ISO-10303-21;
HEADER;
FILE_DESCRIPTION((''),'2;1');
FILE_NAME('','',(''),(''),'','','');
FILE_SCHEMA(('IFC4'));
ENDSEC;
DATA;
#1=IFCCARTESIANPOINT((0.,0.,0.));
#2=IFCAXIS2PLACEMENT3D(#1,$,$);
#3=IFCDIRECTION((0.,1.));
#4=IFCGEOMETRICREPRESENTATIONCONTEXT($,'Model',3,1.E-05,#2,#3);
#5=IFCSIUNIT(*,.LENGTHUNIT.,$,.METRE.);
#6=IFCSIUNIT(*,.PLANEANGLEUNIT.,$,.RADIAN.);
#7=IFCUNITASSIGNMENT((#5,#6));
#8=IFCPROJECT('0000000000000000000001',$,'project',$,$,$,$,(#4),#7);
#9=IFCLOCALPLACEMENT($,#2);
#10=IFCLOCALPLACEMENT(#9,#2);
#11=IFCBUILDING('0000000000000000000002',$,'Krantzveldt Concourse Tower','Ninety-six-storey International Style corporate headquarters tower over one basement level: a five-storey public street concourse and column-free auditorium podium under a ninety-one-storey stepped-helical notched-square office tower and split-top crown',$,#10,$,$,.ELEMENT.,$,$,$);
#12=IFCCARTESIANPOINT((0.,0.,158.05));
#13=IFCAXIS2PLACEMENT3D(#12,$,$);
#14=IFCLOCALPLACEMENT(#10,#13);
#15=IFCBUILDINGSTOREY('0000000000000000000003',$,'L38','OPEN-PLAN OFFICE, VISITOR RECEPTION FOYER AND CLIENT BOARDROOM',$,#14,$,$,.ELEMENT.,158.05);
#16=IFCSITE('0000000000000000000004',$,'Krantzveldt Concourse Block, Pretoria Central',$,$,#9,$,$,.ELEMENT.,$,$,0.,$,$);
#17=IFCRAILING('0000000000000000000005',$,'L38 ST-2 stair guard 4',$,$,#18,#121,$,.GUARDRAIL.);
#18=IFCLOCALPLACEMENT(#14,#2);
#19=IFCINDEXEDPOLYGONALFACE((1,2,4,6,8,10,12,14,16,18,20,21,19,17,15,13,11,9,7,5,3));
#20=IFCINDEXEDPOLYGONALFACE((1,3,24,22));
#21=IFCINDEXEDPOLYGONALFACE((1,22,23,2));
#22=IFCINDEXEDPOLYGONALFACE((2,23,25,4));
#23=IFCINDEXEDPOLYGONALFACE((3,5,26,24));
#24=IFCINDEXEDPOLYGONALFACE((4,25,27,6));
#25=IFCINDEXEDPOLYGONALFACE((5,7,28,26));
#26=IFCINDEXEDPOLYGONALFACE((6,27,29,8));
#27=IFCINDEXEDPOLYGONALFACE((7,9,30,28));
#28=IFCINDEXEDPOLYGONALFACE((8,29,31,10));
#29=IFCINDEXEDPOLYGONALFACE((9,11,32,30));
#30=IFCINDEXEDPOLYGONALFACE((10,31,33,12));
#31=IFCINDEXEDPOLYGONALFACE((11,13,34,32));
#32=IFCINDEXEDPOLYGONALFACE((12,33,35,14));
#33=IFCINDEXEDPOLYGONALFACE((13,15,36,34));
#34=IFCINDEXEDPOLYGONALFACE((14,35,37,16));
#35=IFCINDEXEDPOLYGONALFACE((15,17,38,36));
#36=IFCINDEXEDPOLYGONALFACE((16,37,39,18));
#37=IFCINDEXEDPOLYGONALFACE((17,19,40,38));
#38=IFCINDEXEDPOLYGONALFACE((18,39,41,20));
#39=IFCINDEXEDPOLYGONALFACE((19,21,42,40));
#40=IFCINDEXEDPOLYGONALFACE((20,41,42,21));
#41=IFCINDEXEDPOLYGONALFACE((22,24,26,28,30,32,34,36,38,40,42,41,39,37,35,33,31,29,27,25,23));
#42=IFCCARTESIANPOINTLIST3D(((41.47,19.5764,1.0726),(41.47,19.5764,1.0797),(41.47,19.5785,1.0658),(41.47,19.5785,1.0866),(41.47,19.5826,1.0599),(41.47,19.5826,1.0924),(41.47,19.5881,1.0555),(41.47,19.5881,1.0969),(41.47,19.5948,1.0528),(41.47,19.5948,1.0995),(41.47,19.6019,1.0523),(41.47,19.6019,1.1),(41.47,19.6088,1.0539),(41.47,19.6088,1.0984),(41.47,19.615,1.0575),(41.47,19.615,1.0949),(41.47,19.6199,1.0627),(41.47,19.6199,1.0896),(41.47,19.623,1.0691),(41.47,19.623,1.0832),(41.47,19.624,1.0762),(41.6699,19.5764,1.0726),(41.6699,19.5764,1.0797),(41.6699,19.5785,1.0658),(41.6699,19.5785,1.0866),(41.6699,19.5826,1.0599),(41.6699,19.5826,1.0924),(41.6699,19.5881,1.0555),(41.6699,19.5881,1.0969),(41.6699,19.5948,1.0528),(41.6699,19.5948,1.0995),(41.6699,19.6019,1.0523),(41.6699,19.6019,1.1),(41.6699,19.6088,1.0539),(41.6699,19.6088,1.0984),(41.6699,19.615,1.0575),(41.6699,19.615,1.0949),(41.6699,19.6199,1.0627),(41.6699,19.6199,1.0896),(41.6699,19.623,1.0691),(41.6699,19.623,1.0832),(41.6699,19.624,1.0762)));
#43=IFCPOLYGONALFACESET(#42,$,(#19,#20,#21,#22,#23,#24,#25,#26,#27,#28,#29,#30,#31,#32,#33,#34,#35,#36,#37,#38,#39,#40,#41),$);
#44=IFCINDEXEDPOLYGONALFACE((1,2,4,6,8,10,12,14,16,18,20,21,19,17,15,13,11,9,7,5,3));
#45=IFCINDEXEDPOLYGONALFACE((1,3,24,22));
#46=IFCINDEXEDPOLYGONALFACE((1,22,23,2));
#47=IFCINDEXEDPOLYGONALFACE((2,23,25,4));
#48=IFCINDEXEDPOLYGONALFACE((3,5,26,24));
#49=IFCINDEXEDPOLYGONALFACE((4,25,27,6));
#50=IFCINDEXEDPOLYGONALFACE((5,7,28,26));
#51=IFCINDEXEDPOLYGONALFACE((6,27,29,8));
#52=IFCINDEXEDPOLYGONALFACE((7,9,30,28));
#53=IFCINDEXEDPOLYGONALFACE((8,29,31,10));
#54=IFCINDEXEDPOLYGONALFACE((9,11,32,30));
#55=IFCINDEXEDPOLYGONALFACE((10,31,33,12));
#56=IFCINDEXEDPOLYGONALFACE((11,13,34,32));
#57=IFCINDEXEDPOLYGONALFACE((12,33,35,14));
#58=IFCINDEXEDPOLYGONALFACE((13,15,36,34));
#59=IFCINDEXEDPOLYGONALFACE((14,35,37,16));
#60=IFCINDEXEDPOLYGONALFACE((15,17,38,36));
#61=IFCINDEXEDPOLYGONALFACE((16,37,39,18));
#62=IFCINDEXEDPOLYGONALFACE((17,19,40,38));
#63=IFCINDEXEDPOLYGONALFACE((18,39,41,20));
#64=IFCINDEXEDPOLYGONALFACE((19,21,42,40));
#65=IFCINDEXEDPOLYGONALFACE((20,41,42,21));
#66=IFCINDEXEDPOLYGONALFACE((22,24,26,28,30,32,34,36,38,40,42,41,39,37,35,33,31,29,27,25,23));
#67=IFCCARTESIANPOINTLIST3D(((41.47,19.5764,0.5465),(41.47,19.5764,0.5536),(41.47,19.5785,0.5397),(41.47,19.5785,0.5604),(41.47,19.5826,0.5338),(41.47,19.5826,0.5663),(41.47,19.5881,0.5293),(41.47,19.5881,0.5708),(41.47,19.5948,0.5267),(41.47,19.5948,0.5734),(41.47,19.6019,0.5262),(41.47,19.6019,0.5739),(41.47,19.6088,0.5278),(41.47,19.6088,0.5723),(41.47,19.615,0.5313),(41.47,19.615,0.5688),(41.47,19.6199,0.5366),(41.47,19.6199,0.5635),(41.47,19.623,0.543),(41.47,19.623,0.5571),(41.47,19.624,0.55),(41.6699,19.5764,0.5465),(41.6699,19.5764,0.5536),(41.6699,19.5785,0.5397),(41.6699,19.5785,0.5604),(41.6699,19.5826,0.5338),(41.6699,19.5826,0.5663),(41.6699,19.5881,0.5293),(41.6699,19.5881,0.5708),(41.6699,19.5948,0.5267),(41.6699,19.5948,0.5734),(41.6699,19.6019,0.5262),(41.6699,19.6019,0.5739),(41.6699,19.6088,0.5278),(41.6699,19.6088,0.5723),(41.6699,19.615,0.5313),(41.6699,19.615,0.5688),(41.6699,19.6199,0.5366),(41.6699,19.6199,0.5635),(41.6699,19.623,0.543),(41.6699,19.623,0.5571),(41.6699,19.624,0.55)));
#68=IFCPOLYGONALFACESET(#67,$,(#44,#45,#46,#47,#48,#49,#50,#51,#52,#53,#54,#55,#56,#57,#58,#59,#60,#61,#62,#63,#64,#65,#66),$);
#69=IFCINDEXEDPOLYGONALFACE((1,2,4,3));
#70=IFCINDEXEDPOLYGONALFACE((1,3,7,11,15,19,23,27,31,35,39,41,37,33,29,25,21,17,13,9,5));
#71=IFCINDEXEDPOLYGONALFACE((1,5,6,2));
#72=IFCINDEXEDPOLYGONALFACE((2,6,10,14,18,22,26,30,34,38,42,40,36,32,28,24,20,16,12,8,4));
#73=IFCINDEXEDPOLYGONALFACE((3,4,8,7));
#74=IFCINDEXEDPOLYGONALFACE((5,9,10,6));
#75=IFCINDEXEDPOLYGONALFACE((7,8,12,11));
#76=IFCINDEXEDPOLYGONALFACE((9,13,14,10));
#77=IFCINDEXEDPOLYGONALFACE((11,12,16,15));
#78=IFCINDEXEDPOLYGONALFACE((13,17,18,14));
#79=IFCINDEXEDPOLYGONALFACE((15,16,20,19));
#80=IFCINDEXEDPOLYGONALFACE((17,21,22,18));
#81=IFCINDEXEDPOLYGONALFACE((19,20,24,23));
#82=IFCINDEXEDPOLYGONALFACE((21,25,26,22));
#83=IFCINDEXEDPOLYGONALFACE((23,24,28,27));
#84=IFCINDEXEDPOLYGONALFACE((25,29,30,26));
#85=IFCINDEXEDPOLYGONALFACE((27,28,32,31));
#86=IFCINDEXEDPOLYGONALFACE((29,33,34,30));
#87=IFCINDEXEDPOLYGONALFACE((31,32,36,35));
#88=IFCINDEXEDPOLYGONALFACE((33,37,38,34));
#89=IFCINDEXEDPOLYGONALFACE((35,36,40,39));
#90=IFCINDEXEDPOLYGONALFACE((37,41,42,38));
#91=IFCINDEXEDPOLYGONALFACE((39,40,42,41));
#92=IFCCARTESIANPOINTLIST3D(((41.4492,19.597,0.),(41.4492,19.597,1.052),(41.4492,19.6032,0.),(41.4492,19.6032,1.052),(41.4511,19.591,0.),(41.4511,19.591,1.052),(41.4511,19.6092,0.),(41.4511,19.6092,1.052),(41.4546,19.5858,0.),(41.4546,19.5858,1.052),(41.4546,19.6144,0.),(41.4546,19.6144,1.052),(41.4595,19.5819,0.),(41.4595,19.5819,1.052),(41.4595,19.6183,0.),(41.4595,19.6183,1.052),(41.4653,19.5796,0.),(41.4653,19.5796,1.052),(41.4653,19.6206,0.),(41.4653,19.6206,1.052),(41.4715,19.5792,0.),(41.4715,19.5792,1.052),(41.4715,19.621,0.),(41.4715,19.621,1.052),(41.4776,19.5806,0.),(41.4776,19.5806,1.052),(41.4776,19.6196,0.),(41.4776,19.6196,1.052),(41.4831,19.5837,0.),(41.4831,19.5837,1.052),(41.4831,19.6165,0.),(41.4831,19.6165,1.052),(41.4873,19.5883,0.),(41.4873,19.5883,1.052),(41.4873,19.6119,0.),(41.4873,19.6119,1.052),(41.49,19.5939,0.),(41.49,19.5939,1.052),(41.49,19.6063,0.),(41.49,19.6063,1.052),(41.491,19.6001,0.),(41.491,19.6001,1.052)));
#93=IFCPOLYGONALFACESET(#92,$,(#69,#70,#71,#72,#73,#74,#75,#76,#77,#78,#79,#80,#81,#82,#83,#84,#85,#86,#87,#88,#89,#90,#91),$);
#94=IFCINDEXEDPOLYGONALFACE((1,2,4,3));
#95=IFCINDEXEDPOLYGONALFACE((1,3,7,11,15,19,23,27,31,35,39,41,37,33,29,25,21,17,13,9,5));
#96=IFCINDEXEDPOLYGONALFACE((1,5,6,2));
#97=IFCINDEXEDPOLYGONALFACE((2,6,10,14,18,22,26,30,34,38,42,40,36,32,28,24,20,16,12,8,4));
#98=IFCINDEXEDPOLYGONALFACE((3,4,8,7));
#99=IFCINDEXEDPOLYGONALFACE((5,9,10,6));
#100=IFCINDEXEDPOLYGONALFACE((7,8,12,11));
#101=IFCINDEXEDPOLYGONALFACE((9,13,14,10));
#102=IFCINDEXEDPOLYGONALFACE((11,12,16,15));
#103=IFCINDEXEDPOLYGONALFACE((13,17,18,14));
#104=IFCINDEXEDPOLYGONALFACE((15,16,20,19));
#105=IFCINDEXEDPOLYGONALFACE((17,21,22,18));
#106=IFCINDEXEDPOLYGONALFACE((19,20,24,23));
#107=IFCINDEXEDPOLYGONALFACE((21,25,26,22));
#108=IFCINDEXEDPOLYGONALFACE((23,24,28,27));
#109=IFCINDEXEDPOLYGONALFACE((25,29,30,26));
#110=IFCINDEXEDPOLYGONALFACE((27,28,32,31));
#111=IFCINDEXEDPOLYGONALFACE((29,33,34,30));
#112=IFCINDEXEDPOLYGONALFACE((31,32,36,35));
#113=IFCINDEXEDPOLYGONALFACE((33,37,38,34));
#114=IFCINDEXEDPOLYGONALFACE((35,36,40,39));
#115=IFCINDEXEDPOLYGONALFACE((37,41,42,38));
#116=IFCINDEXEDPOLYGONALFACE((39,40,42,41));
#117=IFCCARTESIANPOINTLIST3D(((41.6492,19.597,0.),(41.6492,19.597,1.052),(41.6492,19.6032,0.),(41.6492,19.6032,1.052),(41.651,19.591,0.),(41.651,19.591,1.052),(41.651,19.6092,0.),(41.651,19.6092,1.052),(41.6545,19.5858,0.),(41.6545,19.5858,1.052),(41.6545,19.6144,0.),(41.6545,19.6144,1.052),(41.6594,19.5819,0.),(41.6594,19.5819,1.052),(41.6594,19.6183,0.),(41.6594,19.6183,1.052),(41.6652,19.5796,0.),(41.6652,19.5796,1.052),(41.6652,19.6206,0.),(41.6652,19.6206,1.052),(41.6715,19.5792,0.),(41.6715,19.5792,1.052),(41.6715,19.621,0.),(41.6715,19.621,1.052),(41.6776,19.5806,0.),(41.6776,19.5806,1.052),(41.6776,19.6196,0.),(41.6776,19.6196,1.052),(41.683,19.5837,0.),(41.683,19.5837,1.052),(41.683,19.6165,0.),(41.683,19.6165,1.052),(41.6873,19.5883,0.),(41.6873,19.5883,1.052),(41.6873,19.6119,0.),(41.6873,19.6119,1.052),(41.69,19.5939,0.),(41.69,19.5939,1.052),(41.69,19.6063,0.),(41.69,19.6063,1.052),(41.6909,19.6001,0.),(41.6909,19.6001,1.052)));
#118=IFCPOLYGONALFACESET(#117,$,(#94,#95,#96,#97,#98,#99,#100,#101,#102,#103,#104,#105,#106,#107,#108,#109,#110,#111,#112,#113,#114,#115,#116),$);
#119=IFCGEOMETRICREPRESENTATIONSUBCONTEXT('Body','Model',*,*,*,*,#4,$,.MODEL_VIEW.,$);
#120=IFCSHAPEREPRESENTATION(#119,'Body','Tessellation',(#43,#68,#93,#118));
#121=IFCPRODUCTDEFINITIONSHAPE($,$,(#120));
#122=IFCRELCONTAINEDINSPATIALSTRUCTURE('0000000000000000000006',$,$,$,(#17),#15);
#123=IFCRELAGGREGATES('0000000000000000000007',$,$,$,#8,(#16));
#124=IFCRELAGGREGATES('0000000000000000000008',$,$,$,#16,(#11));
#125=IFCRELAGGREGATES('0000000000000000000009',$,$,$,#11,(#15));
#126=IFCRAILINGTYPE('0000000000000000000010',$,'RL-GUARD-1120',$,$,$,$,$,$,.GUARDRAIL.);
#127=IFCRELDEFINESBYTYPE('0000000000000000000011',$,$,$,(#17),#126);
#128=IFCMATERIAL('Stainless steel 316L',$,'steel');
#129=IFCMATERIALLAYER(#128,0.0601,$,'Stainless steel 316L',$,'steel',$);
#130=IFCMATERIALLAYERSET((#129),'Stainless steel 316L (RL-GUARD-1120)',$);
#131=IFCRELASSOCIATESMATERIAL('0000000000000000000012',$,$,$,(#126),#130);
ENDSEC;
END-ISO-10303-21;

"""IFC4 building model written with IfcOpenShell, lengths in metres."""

from ifc_helpers import new_model, si_unit, direction, frame, origin, origin_2d, place, context, subcontext, project, spatial, circle, extrude, material, layer, layer_set, type_object, element, save


model = new_model("IFC4")

# Units and contexts
model_context = context("Model", 3, precision=1e-05, world=origin(), true_north=direction((0.0, 1.0)))
body_context = subcontext(model_context, "Body", "Model", "MODEL_VIEW")
ifc_project = project(units=[si_unit("LENGTHUNIT", "METRE"), si_unit("PLANEANGLEUNIT", "RADIAN")], contexts=[model_context])

# Site, building, storey
site_placement = place(None, origin())
site = spatial("IfcSite", under=ifc_project, at=site_placement, Name="Krantzveldt Concourse Block, Pretoria Central", CompositionType="ELEMENT", RefElevation=0.0)
building_placement = place(site_placement, origin())
building = spatial("IfcBuilding", under=site, at=building_placement, Name="Krantzveldt Concourse Tower", Description="Ninety-six-storey International Style corporate headquarters tower over one basement level: a five-storey public street concourse and column-free auditorium podium under a ninety-one-storey stepped-helical notched-square office tower and split-top crown", CompositionType="ELEMENT")
storey_placement = place(building_placement, frame((0.0, 0.0, 158.05)))
storey = spatial("IfcBuildingStorey", under=building, at=storey_placement, Name="L38", Description="OPEN-PLAN OFFICE, VISITOR RECEPTION FOYER AND CLIENT BOARDROOM", CompositionType="ELEMENT", Elevation=158.05)

# Shared definitions
ifc_material_1 = material(Name="Stainless steel 316L", Category="steel")

# Railing
ifc_layer_1 = layer(ifc_material_1, 0.0601, Name="Stainless steel 316L", Category="steel")
ifc_layer_set_1 = layer_set([ifc_layer_1], Name="Stainless steel 316L (RL-GUARD-1120)")
railing_type_1 = type_object("IfcRailingType", Name="RL-GUARD-1120", PredefinedType="GUARDRAIL", material=ifc_layer_set_1)
railing_1_placement = place(storey_placement, frame((41.47, 19.6001, 0.0)))
element("IfcRailing", 1, at=railing_1_placement, inside=storey, type_object=railing_type_1, Name="L38 ST-2 stair guard 4", PredefinedType="GUARDRAIL", context=body_context, shape_type="SweptSolid", body=[
    extrude(circle(Radius=0.0239, at=origin_2d()), frame((0.0, 0.0, 1.0762), z_axis=(1.0, 0.0, 0.0), x_axis=(0.0, 1.0, 0.0)), (0.0, 0.0, 1.0), 0.2),
    extrude(circle(Radius=0.0239, at=origin_2d()), frame((0.0, 0.0, 0.55), z_axis=(1.0, 0.0, 0.0), x_axis=(0.0, 1.0, 0.0)), (0.0, 0.0, 1.0), 0.2),
    extrude(circle(Radius=0.021, at=origin_2d()), origin(), (0.0, 0.0, 1.0), 1.052),
    extrude(circle(Radius=0.021, at=origin_2d()), frame((0.2, 0.0, 0.0)), (0.0, 0.0, 1.0), 1.052),
])

save(model, "model.ifc")
